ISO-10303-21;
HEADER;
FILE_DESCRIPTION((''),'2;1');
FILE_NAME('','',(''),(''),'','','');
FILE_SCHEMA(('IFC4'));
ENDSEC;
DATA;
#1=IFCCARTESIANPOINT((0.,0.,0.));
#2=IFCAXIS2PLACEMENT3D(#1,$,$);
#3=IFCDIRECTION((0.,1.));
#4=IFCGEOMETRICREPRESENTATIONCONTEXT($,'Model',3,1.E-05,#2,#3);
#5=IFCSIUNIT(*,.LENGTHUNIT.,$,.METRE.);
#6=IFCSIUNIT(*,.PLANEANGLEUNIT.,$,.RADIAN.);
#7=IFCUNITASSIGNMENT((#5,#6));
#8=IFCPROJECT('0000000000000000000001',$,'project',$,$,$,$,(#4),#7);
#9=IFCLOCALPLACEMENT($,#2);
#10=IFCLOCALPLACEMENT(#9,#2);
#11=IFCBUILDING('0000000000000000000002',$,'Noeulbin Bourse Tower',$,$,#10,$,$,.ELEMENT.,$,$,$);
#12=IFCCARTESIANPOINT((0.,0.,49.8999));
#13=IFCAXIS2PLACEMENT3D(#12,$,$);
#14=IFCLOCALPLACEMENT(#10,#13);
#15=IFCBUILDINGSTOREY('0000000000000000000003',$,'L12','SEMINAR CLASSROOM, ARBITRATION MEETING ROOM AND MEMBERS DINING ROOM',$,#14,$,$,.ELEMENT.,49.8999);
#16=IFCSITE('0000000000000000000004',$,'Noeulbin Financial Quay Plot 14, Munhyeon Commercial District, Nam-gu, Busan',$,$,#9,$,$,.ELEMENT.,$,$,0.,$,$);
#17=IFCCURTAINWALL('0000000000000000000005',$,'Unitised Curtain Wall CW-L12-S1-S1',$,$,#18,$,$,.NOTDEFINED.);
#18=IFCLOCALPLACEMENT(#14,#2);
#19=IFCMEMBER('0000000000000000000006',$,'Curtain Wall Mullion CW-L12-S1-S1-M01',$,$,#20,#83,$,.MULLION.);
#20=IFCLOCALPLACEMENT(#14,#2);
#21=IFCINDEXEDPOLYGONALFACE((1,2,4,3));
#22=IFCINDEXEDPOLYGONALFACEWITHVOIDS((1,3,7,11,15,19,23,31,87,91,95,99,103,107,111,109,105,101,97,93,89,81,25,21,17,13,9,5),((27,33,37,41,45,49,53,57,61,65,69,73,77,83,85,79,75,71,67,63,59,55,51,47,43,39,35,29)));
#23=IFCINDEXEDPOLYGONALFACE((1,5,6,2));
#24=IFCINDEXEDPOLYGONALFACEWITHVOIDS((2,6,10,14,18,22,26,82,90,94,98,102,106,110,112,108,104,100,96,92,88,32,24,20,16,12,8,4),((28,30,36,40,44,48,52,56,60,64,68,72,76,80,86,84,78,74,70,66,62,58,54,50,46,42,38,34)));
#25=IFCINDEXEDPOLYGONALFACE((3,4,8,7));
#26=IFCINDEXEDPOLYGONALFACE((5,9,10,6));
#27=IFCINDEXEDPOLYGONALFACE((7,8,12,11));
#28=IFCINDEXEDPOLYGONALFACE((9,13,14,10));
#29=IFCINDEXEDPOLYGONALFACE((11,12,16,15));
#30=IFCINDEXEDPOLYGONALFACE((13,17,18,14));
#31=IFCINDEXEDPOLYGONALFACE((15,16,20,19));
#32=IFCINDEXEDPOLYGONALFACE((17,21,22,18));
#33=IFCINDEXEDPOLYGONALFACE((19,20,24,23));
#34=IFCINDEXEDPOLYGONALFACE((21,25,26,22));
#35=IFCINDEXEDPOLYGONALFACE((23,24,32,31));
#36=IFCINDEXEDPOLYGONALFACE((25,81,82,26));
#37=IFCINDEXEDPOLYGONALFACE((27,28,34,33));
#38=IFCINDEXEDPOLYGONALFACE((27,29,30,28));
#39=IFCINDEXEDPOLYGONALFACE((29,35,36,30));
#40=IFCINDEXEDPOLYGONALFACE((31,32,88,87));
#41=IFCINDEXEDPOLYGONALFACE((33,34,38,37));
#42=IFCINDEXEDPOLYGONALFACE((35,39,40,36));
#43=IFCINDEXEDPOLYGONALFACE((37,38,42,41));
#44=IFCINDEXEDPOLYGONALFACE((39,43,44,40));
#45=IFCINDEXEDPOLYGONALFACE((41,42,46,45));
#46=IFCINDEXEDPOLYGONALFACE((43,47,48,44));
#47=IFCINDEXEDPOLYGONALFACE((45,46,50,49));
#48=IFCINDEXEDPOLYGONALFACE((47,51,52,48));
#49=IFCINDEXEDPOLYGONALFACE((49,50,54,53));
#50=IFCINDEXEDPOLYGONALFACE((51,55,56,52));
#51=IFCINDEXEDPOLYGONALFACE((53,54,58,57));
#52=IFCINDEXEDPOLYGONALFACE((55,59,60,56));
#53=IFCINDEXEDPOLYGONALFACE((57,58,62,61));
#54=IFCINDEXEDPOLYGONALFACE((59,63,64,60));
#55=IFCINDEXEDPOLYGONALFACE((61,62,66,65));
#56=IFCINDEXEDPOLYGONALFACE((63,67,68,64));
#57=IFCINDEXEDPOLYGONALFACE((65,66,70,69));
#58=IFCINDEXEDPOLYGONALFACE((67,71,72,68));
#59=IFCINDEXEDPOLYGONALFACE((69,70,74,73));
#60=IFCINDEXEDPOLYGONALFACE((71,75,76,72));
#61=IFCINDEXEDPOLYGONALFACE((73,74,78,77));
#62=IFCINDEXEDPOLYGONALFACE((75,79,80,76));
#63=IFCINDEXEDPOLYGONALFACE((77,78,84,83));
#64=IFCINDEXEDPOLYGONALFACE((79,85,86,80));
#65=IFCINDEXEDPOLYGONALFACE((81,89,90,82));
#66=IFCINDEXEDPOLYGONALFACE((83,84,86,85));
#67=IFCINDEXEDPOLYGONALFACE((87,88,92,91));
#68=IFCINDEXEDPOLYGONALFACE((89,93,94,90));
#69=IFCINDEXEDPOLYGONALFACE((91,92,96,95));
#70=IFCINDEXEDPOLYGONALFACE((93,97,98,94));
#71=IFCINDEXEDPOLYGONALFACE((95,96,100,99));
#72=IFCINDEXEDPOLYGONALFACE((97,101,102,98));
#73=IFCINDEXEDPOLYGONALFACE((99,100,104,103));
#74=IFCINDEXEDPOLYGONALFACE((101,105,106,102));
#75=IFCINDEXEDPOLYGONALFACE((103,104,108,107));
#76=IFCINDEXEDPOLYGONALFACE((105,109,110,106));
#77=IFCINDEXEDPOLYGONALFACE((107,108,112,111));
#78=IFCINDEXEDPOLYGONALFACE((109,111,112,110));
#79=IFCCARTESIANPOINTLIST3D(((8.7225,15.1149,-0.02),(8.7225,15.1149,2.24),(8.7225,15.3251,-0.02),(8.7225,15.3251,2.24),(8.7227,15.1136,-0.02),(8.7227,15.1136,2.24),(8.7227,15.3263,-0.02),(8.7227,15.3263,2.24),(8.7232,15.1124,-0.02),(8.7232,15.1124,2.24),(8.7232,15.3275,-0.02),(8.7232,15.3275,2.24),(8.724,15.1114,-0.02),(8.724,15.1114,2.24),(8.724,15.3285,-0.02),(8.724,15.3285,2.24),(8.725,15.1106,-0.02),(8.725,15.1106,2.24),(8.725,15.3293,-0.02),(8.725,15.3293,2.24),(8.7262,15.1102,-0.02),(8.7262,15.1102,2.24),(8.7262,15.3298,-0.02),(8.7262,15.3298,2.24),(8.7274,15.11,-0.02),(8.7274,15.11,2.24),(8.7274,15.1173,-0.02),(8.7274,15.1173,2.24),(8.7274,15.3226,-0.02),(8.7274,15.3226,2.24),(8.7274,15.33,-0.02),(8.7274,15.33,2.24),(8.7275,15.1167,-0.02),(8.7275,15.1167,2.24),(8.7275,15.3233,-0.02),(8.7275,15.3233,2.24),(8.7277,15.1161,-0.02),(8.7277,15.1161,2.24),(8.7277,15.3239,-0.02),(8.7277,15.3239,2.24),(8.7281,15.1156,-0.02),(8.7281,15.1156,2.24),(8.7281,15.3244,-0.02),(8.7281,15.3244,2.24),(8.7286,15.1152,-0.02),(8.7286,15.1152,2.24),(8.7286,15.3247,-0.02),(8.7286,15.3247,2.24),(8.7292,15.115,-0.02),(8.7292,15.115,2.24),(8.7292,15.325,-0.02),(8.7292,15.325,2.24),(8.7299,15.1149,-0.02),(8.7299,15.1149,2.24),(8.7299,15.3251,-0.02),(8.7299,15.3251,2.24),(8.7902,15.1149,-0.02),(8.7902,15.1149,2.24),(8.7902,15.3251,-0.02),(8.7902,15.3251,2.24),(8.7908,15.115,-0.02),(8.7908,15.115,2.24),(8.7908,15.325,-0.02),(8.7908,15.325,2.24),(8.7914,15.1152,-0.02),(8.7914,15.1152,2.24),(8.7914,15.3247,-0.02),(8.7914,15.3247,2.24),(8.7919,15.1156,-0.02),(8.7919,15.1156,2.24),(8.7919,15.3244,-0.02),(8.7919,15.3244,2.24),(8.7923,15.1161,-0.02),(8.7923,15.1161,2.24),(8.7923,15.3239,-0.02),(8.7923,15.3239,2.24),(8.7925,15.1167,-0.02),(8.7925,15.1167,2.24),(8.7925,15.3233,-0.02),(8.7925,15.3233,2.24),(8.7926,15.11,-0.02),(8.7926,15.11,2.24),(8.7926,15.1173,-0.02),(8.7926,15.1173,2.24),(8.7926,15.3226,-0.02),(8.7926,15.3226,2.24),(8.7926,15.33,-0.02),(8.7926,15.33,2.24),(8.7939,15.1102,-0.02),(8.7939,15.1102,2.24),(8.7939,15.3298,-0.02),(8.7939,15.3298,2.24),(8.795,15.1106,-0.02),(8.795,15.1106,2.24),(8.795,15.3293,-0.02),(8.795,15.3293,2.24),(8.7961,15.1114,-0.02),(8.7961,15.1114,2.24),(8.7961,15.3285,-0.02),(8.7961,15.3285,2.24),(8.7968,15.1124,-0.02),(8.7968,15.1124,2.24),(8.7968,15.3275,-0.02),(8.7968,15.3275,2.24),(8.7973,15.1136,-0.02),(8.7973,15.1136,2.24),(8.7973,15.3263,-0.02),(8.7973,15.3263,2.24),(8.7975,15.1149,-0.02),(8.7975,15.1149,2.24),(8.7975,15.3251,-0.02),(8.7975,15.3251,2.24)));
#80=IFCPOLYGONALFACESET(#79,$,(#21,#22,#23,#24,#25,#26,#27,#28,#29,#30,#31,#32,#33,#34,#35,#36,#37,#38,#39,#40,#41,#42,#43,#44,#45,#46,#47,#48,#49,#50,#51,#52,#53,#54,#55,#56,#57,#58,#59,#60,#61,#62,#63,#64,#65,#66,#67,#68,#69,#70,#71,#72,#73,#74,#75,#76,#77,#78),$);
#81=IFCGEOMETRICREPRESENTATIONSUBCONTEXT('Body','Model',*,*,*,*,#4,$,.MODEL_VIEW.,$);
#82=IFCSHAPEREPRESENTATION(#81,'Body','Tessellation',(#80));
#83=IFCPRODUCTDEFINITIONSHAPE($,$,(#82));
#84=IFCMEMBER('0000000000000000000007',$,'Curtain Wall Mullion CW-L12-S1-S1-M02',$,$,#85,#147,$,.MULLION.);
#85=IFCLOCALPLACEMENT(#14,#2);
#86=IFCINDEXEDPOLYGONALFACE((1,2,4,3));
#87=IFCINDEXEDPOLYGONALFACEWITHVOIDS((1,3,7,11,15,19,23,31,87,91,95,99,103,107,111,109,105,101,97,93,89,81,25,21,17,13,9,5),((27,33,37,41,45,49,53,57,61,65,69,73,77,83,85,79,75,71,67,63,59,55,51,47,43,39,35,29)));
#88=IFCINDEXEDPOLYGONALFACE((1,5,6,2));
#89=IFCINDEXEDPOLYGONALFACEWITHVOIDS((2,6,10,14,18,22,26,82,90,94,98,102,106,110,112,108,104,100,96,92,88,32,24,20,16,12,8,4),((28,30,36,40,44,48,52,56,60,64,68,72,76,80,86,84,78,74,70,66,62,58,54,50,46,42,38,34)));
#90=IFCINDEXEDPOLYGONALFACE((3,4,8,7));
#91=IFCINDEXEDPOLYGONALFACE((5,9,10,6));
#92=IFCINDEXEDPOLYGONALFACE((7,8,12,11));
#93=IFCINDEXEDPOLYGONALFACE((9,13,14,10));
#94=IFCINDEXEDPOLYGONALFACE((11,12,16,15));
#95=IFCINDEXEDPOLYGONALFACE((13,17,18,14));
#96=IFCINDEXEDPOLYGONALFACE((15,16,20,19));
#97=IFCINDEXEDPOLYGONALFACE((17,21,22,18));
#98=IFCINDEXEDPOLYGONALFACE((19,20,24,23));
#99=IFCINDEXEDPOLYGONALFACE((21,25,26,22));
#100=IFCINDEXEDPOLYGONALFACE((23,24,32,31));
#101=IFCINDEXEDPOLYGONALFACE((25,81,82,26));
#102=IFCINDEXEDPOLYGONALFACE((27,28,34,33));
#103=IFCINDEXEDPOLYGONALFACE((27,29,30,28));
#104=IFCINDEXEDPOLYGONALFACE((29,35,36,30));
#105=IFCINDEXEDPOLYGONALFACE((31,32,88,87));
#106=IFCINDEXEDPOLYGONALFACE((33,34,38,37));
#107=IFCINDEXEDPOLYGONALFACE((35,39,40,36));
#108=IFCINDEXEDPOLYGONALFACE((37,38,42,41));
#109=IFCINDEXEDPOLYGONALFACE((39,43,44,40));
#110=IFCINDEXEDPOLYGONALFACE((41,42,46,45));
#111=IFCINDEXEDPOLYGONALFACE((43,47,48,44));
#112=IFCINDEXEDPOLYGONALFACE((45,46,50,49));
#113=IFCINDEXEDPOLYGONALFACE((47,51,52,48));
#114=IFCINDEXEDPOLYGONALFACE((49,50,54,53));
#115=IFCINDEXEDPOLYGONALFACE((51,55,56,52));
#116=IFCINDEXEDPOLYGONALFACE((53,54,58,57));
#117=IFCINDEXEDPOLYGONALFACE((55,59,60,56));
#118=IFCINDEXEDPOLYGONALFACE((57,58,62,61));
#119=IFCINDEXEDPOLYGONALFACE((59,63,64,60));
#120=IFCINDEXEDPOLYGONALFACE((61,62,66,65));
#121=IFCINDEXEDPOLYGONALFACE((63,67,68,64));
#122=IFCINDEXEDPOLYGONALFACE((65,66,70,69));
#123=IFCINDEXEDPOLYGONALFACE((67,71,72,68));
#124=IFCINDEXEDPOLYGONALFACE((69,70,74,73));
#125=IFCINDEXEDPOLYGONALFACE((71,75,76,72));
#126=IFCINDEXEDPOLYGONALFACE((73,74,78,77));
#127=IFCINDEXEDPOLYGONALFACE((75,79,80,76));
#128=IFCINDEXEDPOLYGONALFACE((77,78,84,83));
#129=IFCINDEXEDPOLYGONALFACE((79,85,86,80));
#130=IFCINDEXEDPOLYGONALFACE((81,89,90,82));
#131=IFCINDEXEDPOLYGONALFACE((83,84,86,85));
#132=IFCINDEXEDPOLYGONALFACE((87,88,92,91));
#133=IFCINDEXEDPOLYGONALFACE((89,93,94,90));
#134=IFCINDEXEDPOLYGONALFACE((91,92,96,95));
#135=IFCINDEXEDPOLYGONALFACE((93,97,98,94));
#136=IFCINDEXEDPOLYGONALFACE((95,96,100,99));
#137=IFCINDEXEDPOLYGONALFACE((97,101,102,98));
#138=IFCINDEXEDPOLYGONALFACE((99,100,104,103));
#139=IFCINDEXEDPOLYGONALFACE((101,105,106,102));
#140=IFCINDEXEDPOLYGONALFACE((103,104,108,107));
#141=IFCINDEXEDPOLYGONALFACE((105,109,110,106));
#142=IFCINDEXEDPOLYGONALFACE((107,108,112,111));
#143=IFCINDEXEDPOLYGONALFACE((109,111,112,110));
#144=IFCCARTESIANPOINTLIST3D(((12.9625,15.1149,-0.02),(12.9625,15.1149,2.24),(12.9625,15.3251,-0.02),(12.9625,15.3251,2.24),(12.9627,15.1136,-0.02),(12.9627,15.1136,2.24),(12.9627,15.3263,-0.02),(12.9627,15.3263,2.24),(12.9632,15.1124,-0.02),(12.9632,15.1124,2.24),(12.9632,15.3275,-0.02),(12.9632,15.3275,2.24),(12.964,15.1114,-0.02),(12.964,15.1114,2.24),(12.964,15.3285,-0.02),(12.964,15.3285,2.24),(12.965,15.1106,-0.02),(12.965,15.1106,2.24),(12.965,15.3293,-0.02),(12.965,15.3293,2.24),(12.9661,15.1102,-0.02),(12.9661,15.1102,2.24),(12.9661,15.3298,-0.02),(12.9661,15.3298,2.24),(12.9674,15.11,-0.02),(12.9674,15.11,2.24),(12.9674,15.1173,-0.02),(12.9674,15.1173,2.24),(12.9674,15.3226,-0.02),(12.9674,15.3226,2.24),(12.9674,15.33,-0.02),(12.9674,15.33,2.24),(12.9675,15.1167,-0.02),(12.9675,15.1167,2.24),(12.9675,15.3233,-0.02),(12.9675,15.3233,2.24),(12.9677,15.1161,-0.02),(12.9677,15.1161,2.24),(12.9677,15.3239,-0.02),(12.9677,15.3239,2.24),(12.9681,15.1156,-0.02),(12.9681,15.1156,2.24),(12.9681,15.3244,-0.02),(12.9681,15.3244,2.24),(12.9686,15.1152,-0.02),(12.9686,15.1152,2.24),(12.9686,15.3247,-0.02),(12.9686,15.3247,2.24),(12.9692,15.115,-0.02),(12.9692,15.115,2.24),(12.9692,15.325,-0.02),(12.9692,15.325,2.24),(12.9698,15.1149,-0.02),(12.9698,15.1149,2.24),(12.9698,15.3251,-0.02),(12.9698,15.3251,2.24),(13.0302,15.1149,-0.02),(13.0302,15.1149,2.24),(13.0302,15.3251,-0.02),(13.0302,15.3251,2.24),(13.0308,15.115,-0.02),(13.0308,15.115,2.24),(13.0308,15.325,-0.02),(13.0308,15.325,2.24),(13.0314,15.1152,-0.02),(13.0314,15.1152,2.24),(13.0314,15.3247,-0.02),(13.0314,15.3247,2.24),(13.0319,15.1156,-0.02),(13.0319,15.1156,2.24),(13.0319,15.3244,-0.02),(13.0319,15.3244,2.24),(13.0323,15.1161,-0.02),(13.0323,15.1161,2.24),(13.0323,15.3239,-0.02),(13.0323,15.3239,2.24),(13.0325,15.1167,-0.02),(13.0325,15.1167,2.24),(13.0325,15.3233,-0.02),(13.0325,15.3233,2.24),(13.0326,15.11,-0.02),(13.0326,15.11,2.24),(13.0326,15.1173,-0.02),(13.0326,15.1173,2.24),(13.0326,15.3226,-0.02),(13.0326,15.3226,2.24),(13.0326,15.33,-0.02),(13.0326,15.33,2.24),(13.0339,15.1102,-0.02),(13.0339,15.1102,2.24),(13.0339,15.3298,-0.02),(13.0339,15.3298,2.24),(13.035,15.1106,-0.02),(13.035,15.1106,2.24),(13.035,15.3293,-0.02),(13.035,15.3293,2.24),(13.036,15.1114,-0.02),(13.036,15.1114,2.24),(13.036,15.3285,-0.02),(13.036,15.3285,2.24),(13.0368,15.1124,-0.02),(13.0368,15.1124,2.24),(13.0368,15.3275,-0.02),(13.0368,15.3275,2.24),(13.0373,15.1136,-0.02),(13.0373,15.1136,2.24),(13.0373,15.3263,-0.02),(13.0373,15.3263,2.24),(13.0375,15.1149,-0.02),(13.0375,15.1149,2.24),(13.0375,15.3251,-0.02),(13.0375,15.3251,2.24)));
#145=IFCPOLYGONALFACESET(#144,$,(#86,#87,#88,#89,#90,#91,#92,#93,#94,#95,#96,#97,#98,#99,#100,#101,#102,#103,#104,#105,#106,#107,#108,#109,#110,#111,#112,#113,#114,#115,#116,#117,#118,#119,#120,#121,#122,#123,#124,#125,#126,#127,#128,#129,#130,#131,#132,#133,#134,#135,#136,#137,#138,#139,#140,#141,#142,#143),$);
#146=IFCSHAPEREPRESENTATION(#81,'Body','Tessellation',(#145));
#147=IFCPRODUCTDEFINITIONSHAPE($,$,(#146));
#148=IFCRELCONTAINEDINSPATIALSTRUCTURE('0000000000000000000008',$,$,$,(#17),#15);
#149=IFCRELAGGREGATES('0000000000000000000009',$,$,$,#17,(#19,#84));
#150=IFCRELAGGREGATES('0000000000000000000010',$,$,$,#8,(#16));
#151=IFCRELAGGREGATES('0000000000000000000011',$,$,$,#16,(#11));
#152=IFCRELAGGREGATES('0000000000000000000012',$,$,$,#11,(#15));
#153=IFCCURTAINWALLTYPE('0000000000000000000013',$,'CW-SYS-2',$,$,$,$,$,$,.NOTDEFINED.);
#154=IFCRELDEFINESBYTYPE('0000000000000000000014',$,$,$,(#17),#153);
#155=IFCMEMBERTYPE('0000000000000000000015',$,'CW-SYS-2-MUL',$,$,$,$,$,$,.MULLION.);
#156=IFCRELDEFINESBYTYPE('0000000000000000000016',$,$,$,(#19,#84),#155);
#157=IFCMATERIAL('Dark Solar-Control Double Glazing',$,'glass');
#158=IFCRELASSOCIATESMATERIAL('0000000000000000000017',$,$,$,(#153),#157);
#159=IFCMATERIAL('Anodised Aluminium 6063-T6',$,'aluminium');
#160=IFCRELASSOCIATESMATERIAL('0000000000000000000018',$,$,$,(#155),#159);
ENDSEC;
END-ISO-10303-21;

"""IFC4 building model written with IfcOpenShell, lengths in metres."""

from ifc_helpers import new_model, si_unit, direction, frame, origin, origin_2d, place, context, subcontext, project, spatial, hollow_rectangle, extrude, material, material_profile, profile_set, type_object, element, aggregate, save


model = new_model("IFC4")

# Units and contexts
model_context = context("Model", 3, precision=1e-05, world=origin(), true_north=direction((0.0, 1.0)))
body_context = subcontext(model_context, "Body", "Model", "MODEL_VIEW")
ifc_project = project(units=[si_unit("LENGTHUNIT", "METRE"), si_unit("PLANEANGLEUNIT", "RADIAN")], contexts=[model_context])

# Site, building, storey
site_placement = place(None, origin())
site = spatial("IfcSite", under=ifc_project, at=site_placement, Name="Noeulbin Financial Quay Plot 14, Munhyeon Commercial District, Nam-gu, Busan", CompositionType="ELEMENT", RefElevation=0.0)
building_placement = place(site_placement, origin())
building = spatial("IfcBuilding", under=site, at=building_placement, Name="Noeulbin Bourse Tower", CompositionType="ELEMENT")
storey_placement = place(building_placement, frame((0.0, 0.0, 49.8999)))
storey = spatial("IfcBuildingStorey", under=building, at=storey_placement, Name="L12", Description="SEMINAR CLASSROOM, ARBITRATION MEETING ROOM AND MEMBERS DINING ROOM", CompositionType="ELEMENT", Elevation=49.8999)

# Curtain wall, members
ifc_material_1 = material(Name="Dark Solar-Control Double Glazing", Category="glass")
curtain_wall_type = type_object("IfcCurtainWallType", Name="CW-SYS-2", PredefinedType="NOTDEFINED", material=ifc_material_1)
curtain_wall_1_placement = place(storey_placement, origin())
curtain_wall_1 = element("IfcCurtainWall", 1, at=curtain_wall_1_placement, inside=storey, type_object=curtain_wall_type, Name="Unitised Curtain Wall CW-L12-S1-S1", PredefinedType="NOTDEFINED")
ifc_material_2 = material(Name="Anodised Aluminium 6063-T6", Category="aluminium")
ifc_material_profile_1 = material_profile(ifc_material_2, hollow_rectangle(XDim=0.075, YDim=0.22, WallThickness=0.0049, InnerFilletRadius=0.0024, OuterFilletRadius=0.0049, at=origin_2d()), Name="ALU-MULL-75x220x5", Category="LoadBearing")
ifc_profile_set_1 = profile_set([ifc_material_profile_1], Name="Anodised Aluminium 6063-T6")
member_type_1 = type_object("IfcMemberType", Name="CW-SYS-2-MUL", PredefinedType="MULLION", material=ifc_profile_set_1)
member_1_placement = place(storey_placement, frame((8.76, 15.22, -0.02), z_axis=(0.0, 0.0, 1.0), x_axis=(1.0, 0.0, 0.0)))
member_1 = element("IfcMember", 2, at=member_1_placement, type_object=member_type_1, Name="Curtain Wall Mullion CW-L12-S1-S1-M01", PredefinedType="MULLION", context=body_context, shape_type="SweptSolid", body=[
    extrude(hollow_rectangle(XDim=0.075, YDim=0.22, WallThickness=0.0049, InnerFilletRadius=0.0024, OuterFilletRadius=0.0049, at=origin_2d()), origin(), (0.0, 0.0, 1.0), 2.26),
])
member_2_placement = place(storey_placement, frame((13.0, 15.22, -0.02), z_axis=(0.0, 0.0, 1.0), x_axis=(1.0, 0.0, 0.0)))
member_2 = element("IfcMember", 3, at=member_2_placement, type_object=member_type_1, Name="Curtain Wall Mullion CW-L12-S1-S1-M02", PredefinedType="MULLION", context=body_context, shape_type="SweptSolid", body=[
    extrude(hollow_rectangle(XDim=0.075, YDim=0.22, WallThickness=0.0049, InnerFilletRadius=0.0024, OuterFilletRadius=0.0049, at=origin_2d()), origin(), (0.0, 0.0, 1.0), 2.26),
])

aggregate(curtain_wall_1, [member_1, member_2])

save(model, "model.ifc")
